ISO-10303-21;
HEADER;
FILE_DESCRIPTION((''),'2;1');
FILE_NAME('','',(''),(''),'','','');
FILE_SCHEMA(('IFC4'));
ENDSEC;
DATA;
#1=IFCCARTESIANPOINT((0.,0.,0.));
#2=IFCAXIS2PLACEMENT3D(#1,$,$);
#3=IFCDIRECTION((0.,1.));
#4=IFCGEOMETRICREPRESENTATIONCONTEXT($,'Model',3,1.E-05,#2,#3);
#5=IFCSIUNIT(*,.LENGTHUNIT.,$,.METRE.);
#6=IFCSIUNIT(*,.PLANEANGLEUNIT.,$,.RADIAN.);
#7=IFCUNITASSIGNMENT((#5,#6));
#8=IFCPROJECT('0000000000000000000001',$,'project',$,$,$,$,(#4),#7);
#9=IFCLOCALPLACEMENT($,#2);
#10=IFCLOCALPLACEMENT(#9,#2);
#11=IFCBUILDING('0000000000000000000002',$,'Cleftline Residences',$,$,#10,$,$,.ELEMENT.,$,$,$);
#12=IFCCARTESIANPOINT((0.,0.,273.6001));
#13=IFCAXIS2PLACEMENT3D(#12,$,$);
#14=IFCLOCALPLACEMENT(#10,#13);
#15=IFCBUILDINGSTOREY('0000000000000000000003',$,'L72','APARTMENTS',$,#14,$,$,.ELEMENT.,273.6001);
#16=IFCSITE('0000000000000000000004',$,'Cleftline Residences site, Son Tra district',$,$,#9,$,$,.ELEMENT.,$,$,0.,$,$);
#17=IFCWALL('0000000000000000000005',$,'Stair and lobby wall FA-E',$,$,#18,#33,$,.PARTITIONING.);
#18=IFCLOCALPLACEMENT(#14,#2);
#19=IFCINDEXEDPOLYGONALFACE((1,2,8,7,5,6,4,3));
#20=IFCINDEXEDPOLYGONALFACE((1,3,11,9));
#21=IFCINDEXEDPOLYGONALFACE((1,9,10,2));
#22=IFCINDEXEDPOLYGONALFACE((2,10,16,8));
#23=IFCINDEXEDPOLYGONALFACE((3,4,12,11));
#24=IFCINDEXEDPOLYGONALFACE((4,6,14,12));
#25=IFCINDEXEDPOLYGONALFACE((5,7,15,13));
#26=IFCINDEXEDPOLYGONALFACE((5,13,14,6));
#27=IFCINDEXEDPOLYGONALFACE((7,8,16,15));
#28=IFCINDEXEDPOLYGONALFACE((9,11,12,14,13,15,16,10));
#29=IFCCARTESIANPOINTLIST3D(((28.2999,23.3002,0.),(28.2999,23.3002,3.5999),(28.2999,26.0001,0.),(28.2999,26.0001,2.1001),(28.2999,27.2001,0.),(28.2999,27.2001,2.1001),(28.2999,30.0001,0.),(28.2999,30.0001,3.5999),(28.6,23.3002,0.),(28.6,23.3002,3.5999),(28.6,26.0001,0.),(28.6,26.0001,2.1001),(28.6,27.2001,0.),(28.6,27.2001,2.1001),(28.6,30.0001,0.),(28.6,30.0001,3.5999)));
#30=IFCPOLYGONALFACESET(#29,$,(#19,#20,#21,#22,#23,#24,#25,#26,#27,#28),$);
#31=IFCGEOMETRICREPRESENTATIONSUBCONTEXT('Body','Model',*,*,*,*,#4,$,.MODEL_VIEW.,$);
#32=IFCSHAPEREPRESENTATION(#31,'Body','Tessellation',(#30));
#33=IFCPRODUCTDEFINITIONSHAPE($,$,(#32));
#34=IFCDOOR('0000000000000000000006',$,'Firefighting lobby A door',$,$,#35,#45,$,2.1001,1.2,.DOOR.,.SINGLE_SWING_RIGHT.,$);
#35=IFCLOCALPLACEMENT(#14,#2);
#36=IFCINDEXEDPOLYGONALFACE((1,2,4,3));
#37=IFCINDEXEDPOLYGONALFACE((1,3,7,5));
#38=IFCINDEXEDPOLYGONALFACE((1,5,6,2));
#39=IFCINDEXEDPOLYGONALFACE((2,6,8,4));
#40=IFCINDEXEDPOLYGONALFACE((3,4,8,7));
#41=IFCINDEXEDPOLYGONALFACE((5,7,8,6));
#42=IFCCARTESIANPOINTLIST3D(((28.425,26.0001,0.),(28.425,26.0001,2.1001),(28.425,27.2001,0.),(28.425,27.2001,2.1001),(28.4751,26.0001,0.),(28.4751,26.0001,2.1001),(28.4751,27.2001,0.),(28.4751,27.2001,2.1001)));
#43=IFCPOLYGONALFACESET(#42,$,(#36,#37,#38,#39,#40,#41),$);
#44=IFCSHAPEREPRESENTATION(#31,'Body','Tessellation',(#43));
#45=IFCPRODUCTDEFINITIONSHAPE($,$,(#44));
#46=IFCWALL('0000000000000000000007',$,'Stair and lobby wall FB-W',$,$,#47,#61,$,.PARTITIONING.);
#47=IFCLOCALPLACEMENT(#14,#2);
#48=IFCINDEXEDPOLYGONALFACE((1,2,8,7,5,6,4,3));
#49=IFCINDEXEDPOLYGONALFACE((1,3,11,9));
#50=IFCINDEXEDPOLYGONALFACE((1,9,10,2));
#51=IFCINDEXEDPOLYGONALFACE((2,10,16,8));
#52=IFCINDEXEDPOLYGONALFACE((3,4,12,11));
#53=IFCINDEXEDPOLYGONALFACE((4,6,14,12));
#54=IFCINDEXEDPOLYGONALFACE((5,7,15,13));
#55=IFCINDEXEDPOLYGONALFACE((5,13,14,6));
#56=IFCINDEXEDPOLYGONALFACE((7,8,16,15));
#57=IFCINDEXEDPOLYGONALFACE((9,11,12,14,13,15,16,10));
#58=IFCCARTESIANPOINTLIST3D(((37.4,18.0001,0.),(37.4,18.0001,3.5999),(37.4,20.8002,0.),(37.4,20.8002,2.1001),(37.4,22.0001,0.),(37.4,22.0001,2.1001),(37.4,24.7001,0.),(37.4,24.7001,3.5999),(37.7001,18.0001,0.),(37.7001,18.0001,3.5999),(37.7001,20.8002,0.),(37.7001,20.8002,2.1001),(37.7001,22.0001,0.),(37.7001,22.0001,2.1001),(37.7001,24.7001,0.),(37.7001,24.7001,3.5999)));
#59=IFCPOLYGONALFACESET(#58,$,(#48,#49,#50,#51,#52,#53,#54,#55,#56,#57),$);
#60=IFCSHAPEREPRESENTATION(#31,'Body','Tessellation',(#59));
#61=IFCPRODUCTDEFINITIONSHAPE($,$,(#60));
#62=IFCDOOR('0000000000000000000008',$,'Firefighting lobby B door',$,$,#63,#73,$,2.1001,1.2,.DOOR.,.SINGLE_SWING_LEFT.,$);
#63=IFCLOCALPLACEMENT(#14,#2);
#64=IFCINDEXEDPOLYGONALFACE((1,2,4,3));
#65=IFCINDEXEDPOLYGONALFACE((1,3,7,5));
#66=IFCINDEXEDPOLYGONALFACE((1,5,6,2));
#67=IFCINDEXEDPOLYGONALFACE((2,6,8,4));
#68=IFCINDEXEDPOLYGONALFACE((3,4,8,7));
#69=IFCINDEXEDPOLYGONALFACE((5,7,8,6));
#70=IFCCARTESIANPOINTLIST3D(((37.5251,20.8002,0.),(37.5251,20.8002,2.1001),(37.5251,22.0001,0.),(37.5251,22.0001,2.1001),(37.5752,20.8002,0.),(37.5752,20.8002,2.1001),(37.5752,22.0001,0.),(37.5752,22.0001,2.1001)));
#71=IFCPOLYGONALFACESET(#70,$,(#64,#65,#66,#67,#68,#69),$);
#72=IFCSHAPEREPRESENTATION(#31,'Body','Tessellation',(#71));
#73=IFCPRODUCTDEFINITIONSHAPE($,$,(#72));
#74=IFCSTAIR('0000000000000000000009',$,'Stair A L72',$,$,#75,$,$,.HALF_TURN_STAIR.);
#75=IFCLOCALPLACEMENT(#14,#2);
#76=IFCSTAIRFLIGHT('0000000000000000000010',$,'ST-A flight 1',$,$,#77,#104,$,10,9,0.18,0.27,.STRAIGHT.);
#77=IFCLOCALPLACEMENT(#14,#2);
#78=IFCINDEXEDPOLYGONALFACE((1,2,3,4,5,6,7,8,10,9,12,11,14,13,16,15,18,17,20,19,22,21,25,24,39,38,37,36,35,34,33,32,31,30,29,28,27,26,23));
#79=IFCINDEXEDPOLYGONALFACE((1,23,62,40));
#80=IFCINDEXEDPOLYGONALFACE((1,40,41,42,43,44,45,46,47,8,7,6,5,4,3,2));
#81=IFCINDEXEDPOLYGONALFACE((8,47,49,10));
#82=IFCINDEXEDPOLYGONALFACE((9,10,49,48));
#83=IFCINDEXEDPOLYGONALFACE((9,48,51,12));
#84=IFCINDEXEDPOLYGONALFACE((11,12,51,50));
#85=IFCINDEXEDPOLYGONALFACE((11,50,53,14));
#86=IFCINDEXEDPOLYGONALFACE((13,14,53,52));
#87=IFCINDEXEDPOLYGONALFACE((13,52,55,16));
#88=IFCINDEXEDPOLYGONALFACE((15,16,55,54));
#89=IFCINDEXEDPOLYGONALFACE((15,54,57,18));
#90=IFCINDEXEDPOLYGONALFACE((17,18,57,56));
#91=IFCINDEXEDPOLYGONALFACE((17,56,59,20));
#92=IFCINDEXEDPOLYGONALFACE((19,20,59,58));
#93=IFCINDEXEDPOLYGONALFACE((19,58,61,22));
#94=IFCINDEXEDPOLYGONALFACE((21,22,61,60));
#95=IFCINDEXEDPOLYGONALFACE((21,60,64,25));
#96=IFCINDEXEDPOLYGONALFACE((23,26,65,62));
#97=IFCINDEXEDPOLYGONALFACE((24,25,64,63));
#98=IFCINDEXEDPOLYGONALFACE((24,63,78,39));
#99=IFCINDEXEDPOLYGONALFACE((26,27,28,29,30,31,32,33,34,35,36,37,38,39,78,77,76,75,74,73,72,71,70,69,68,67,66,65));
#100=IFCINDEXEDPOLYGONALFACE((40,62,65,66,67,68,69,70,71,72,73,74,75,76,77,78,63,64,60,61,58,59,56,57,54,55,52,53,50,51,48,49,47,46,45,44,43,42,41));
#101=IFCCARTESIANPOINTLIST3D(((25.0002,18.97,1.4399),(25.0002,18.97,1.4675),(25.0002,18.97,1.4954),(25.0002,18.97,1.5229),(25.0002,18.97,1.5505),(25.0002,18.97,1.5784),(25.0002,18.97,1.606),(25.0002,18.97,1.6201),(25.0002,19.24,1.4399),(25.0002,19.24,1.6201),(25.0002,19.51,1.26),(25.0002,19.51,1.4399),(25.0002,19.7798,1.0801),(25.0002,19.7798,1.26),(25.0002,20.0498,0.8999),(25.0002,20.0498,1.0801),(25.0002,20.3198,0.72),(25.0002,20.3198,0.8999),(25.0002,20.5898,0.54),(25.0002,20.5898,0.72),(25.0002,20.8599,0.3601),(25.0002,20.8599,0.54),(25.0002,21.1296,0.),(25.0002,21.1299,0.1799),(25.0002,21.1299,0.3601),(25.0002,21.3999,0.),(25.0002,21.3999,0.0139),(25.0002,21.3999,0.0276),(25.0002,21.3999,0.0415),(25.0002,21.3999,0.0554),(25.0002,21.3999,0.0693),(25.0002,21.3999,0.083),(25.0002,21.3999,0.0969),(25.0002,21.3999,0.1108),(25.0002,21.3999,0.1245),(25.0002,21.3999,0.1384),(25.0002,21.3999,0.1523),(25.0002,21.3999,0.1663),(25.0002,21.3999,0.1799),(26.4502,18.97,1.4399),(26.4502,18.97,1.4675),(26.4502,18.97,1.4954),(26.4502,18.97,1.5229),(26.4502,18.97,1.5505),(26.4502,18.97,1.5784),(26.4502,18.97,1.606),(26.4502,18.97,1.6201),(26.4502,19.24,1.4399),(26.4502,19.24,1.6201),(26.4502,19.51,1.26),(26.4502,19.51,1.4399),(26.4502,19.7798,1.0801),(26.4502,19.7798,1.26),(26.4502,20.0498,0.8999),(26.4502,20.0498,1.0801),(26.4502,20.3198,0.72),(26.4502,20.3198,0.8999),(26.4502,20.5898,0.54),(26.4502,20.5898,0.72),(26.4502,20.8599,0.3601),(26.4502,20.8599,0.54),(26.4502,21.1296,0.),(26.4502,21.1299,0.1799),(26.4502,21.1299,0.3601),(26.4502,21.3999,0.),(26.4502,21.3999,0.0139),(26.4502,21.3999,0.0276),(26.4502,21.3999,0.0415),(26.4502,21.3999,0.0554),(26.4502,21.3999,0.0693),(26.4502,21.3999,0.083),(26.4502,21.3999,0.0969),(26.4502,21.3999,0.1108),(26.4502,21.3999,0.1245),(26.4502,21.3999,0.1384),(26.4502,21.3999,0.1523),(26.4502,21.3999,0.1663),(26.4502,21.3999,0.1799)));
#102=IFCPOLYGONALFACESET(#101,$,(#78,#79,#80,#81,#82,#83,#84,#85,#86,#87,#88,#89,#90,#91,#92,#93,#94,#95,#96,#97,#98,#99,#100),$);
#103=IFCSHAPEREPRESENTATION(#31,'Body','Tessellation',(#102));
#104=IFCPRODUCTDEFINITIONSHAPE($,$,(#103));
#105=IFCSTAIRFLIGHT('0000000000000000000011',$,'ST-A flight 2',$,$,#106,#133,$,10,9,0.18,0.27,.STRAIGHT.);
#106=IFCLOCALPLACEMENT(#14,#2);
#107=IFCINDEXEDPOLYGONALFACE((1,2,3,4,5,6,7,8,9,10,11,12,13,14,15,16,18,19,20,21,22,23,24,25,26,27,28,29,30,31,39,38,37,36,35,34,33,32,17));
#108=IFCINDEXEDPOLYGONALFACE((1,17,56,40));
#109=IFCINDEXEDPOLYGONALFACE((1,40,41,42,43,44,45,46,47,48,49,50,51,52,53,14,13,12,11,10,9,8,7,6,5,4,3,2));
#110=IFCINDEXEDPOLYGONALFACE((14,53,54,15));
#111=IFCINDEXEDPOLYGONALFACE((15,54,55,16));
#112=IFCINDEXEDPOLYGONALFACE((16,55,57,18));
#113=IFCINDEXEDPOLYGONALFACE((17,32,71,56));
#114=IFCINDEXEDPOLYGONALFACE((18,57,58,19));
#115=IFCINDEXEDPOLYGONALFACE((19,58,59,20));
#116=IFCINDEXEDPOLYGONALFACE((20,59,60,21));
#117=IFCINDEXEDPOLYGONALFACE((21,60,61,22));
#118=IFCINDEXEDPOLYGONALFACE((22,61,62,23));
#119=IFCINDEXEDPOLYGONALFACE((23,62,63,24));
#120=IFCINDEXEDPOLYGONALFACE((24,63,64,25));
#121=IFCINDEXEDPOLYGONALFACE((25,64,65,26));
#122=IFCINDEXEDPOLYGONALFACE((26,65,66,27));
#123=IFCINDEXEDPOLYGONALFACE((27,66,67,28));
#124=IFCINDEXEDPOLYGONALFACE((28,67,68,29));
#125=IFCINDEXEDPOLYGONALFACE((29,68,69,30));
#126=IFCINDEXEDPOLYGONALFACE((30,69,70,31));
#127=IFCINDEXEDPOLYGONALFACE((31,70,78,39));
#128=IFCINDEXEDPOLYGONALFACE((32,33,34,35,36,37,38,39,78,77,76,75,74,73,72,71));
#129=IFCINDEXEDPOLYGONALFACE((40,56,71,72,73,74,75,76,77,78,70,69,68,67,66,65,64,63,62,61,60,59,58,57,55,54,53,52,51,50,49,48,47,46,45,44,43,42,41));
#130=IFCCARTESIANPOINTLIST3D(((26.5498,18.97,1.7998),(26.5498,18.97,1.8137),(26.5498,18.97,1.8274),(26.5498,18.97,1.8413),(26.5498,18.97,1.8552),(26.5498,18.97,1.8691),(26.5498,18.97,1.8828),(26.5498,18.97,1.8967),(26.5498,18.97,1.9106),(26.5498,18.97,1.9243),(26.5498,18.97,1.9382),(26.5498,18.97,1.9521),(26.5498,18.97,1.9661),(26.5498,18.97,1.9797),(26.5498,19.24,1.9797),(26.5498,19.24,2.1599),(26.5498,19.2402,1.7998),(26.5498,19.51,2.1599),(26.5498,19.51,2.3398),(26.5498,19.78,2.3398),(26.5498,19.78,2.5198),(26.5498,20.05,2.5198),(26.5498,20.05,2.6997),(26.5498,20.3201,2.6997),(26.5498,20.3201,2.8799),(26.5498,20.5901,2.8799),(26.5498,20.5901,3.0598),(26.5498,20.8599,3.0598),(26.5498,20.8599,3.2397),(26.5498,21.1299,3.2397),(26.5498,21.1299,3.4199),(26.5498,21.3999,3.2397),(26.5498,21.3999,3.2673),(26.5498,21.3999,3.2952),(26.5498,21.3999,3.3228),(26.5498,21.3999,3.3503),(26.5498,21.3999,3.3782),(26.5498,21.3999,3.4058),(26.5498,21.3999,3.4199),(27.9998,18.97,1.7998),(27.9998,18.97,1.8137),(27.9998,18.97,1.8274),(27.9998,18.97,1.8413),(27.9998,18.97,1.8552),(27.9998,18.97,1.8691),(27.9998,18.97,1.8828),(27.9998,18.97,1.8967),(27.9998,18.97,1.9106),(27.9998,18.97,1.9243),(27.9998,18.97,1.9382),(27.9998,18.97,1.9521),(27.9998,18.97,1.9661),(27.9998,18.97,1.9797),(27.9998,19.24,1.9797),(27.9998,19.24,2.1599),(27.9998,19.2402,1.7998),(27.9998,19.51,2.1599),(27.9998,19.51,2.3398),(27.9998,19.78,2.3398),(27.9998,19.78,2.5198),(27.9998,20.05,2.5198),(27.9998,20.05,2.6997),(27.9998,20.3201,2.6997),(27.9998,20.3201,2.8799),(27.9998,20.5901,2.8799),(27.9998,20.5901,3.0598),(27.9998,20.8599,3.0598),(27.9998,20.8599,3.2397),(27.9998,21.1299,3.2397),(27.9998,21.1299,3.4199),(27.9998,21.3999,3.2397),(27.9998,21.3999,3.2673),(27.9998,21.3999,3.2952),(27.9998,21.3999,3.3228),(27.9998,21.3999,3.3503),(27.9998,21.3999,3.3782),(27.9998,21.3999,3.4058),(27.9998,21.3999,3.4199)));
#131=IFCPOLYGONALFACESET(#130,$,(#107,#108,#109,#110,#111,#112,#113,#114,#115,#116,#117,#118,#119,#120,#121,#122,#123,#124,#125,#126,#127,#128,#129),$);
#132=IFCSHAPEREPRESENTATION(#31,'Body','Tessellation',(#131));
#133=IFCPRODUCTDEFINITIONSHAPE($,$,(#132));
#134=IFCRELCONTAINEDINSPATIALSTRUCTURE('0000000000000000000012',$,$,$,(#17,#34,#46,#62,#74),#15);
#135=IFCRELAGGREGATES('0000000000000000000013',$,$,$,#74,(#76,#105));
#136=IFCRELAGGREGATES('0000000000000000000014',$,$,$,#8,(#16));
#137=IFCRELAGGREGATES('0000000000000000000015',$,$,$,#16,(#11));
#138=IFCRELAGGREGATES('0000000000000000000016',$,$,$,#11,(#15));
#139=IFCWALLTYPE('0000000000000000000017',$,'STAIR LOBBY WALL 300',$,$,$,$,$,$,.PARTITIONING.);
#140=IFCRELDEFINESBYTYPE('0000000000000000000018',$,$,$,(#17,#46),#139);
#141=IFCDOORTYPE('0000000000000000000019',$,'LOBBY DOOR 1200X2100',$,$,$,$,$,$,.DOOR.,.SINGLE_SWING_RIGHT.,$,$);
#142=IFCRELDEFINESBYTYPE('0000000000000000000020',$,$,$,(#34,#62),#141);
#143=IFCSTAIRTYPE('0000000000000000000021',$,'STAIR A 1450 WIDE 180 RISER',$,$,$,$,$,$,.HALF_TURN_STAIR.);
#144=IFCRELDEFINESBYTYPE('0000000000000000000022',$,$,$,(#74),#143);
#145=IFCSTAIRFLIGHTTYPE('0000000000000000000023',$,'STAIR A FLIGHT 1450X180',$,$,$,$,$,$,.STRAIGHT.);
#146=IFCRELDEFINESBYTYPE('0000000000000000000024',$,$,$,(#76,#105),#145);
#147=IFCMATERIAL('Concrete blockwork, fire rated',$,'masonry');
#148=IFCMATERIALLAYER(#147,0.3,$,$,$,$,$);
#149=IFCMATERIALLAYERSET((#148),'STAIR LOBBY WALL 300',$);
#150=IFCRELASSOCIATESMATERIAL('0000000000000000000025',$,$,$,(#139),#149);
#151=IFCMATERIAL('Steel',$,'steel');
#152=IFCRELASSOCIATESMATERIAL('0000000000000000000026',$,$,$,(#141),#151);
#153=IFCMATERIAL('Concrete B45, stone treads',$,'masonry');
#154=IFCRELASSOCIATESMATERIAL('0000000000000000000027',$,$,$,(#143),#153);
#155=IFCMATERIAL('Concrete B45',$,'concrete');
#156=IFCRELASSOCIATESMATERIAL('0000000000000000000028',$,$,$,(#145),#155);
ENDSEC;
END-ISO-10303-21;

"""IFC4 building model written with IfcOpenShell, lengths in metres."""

from ifc_helpers import new_model, si_unit, direction, frame, frame_2d, origin, place, context, subcontext, project, spatial, polyline, rectangle, outline, extrude, material, layer, layer_set, type_object, element, fill, aggregate, save


model = new_model("IFC4")

# Units and contexts
model_context = context("Model", 3, precision=1e-05, world=origin(), true_north=direction((0.0, 1.0)))
body_context = subcontext(model_context, "Body", "Model", "MODEL_VIEW")
ifc_project = project(units=[si_unit("LENGTHUNIT", "METRE"), si_unit("PLANEANGLEUNIT", "RADIAN")], contexts=[model_context])

# Site, building, storey
site_placement = place(None, origin())
site = spatial("IfcSite", under=ifc_project, at=site_placement, Name="Cleftline Residences site, Son Tra district", CompositionType="ELEMENT", RefElevation=0.0)
building_placement = place(site_placement, origin())
building = spatial("IfcBuilding", under=site, at=building_placement, Name="Cleftline Residences", CompositionType="ELEMENT")
storey_placement = place(building_placement, frame((0.0, 0.0, 273.6001)))
storey = spatial("IfcBuildingStorey", under=building, at=storey_placement, Name="L72", Description="APARTMENTS", CompositionType="ELEMENT", Elevation=273.6001)

# Walls, openings, doors
ifc_material_1 = material(Name="Concrete blockwork, fire rated", Category="masonry")
ifc_layer_1 = layer(ifc_material_1, 0.3)
ifc_layer_set_1 = layer_set([ifc_layer_1], Name="STAIR LOBBY WALL 300")
wall_type_1 = type_object("IfcWallType", Name="STAIR LOBBY WALL 300", PredefinedType="PARTITIONING", material=ifc_layer_set_1)
wall_1_placement = place(storey_placement, frame((28.45, 23.3, 0.0), z_axis=(0.0, 0.0, 1.0), x_axis=(0.0, 1.0, 0.0)))
wall_1 = element("IfcWall", 1, at=wall_1_placement, inside=storey, type_object=wall_type_1, Name="Stair and lobby wall FA-E", PredefinedType="PARTITIONING", context=body_context, shape_type="SweptSolid", body=[
    extrude(rectangle(XDim=6.7, YDim=0.3, at=frame_2d((3.3501, 0.0))), origin(), (0.0, 0.0, 1.0), 3.5999),
])
opening_1_placement = place(wall_1_placement, frame((2.7, 0.0, 0.0)))
opening_1 = element("IfcOpeningElement", 2, at=opening_1_placement, cuts=wall_1, PredefinedType="OPENING", context=body_context, shape_type="SweptSolid", body=[
    extrude(rectangle(XDim=1.2, YDim=2.1001, at=frame_2d((0.6001, 1.05))), frame((0.0, 0.1599, 0.0), z_axis=(0.0, -1.0, 0.0), x_axis=(1.0, 0.0, 0.0)), (0.0, 0.0, 1.0), 0.3201),
])
ifc_material_2 = material(Name="Steel", Category="steel")
door_type_1 = type_object("IfcDoorType", Name="LOBBY DOOR 1200X2100", OperationType="SINGLE_SWING_RIGHT", PredefinedType="DOOR", material=ifc_material_2)
door_1_placement = place(opening_1_placement, origin())
door_1 = element("IfcDoor", 3, at=door_1_placement, inside=storey, type_object=door_type_1, Name="Firefighting lobby A door", OperationType="SINGLE_SWING_RIGHT", OverallHeight=2.1001, OverallWidth=1.2, PredefinedType="DOOR", context=body_context, shape_type="SweptSolid", body=[
    extrude(rectangle(XDim=1.2, YDim=2.1001, at=frame_2d((0.6001, 1.05))), frame((0.0, 0.0249, 0.0), z_axis=(0.0, -1.0, 0.0), x_axis=(1.0, 0.0, 0.0)), (0.0, 0.0, 1.0), 0.05),
])
fill(opening_1, door_1)
wall_2_placement = place(storey_placement, frame((37.55, 18.0, 0.0), z_axis=(0.0, 0.0, 1.0), x_axis=(0.0, 1.0, 0.0)))
wall_2 = element("IfcWall", 4, at=wall_2_placement, inside=storey, type_object=wall_type_1, Name="Stair and lobby wall FB-W", PredefinedType="PARTITIONING", context=body_context, shape_type="SweptSolid", body=[
    extrude(rectangle(XDim=6.7, YDim=0.3, at=frame_2d((3.3501, 0.0))), origin(), (0.0, 0.0, 1.0), 3.5999),
])
opening_2_placement = place(wall_2_placement, frame((2.8, 0.0, 0.0)))
opening_2 = element("IfcOpeningElement", 5, at=opening_2_placement, cuts=wall_2, PredefinedType="OPENING", context=body_context, shape_type="SweptSolid", body=[
    extrude(rectangle(XDim=1.2, YDim=2.1001, at=frame_2d((0.6001, 1.05))), frame((0.0, 0.1599, 0.0), z_axis=(0.0, -1.0, 0.0), x_axis=(1.0, 0.0, 0.0)), (0.0, 0.0, 1.0), 0.3201),
])
door_2_placement = place(opening_2_placement, origin())
door_2 = element("IfcDoor", 6, at=door_2_placement, inside=storey, type_object=door_type_1, Name="Firefighting lobby B door", OperationType="SINGLE_SWING_LEFT", OverallHeight=2.1001, OverallWidth=1.2, PredefinedType="DOOR", context=body_context, shape_type="SweptSolid", body=[
    extrude(rectangle(XDim=1.2, YDim=2.1001, at=frame_2d((0.6001, 1.05))), frame((0.0, 0.0249, 0.0), z_axis=(0.0, -1.0, 0.0), x_axis=(1.0, 0.0, 0.0)), (0.0, 0.0, 1.0), 0.05),
])
fill(opening_2, door_2)

# Stair, stair flights
ifc_material_3 = material(Name="Concrete B45, stone treads", Category="masonry")
stair_type = type_object("IfcStairType", Name="STAIR A 1450 WIDE 180 RISER", PredefinedType="HALF_TURN_STAIR", material=ifc_material_3)
stair_placement = place(storey_placement, origin())
stair = element("IfcStair", 7, at=stair_placement, inside=storey, type_object=stair_type, Name="Stair A L72", PredefinedType="HALF_TURN_STAIR")
ifc_material_4 = material(Name="Concrete B45", Category="concrete")
stair_flight_type = type_object("IfcStairFlightType", Name="STAIR A FLIGHT 1450X180", PredefinedType="STRAIGHT", material=ifc_material_4)
stair_flight_1_placement = place(storey_placement, frame((25.7251, 21.3999, 0.0), z_axis=(0.0, 0.0, 1.0), x_axis=(0.0, -1.0, 0.0)))
stair_flight_1 = element("IfcStairFlight", 8, at=stair_flight_1_placement, type_object=stair_flight_type, Name="ST-A flight 1", NumberOfRisers=10, NumberOfTreads=9, PredefinedType="STRAIGHT", RiserHeight=0.18, TreadLength=0.27, context=body_context, shape_type="SweptSolid", body=[
    extrude(outline(polyline([(0.0, 0.0), (0.0, 0.0139), (0.0, 0.0276), (0.0, 0.0415), (0.0, 0.0554), (0.0, 0.0693), (0.0, 0.083), (0.0, 0.0969), (0.0, 0.1108), (0.0, 0.1245), (0.0, 0.1384), (0.0, 0.1523), (0.0, 0.1663), (0.0, 0.1799), (0.27, 0.1799), (0.27, 0.3601), (0.54, 0.3601), (0.54, 0.54), (0.8101, 0.54), (0.8101, 0.72), (1.0801, 0.72), (1.0801, 0.8999), (1.3501, 0.8999), (1.3501, 1.0801), (1.6201, 1.0801), (1.6201, 1.26), (1.8899, 1.26), (1.8899, 1.4399), (2.1599, 1.4399), (2.1599, 1.6201), (2.4299, 1.6201), (2.4299, 1.8), (2.4299, 1.7722), (2.4299, 1.7446), (2.4299, 1.7168), (2.4299, 1.6892), (2.4299, 1.6614), (2.4299, 1.6338), (2.4299, 1.606), (2.4299, 1.5784), (2.4299, 1.5505), (2.4299, 1.5229), (2.4299, 1.4954), (2.4299, 1.4675), (2.4299, 1.4399), (0.2703, 0.0), (0.0, 0.0)])), frame((0.0, 0.7251, 0.0), z_axis=(0.0, -1.0, 0.0), x_axis=(1.0, 0.0, 0.0)), (0.0, 0.0, 1.0), 1.45),
])
stair_flight_2_placement = place(storey_placement, frame((27.2749, 18.97, 1.7998), z_axis=(0.0, 0.0, 1.0), x_axis=(0.0, 1.0, 0.0)))
stair_flight_2 = element("IfcStairFlight", 9, at=stair_flight_2_placement, type_object=stair_flight_type, Name="ST-A flight 2", NumberOfRisers=10, NumberOfTreads=9, PredefinedType="STRAIGHT", RiserHeight=0.18, TreadLength=0.27, context=body_context, shape_type="SweptSolid", body=[
    extrude(outline(polyline([(0.0, 0.0), (0.0, 0.0139), (0.0, 0.0276), (0.0, 0.0415), (0.0, 0.0554), (0.0, 0.0693), (0.0, 0.083), (0.0, 0.0969), (0.0, 0.1108), (0.0, 0.1245), (0.0, 0.1384), (0.0, 0.1523), (0.0, 0.1663), (0.0, 0.1799), (0.27, 0.1799), (0.27, 0.3601), (0.54, 0.3601), (0.54, 0.54), (0.8101, 0.54), (0.8101, 0.72), (1.0801, 0.72), (1.0801, 0.8999), (1.3501, 0.8999), (1.3501, 1.0801), (1.6201, 1.0801), (1.6201, 1.26), (1.8899, 1.26), (1.8899, 1.4399), (2.1599, 1.4399), (2.1599, 1.6201), (2.4299, 1.6201), (2.4299, 1.8), (2.4299, 1.7722), (2.4299, 1.7446), (2.4299, 1.7168), (2.4299, 1.6892), (2.4299, 1.6614), (2.4299, 1.6338), (2.4299, 1.606), (2.4299, 1.5784), (2.4299, 1.5505), (2.4299, 1.5229), (2.4299, 1.4954), (2.4299, 1.4675), (2.4299, 1.4399), (0.2703, 0.0), (0.0, 0.0)])), frame((0.0, 0.7251, 0.0), z_axis=(0.0, -1.0, 0.0), x_axis=(1.0, 0.0, 0.0)), (0.0, 0.0, 1.0), 1.45),
])
aggregate(stair, [stair_flight_1, stair_flight_2])

save(model, "model.ifc")
